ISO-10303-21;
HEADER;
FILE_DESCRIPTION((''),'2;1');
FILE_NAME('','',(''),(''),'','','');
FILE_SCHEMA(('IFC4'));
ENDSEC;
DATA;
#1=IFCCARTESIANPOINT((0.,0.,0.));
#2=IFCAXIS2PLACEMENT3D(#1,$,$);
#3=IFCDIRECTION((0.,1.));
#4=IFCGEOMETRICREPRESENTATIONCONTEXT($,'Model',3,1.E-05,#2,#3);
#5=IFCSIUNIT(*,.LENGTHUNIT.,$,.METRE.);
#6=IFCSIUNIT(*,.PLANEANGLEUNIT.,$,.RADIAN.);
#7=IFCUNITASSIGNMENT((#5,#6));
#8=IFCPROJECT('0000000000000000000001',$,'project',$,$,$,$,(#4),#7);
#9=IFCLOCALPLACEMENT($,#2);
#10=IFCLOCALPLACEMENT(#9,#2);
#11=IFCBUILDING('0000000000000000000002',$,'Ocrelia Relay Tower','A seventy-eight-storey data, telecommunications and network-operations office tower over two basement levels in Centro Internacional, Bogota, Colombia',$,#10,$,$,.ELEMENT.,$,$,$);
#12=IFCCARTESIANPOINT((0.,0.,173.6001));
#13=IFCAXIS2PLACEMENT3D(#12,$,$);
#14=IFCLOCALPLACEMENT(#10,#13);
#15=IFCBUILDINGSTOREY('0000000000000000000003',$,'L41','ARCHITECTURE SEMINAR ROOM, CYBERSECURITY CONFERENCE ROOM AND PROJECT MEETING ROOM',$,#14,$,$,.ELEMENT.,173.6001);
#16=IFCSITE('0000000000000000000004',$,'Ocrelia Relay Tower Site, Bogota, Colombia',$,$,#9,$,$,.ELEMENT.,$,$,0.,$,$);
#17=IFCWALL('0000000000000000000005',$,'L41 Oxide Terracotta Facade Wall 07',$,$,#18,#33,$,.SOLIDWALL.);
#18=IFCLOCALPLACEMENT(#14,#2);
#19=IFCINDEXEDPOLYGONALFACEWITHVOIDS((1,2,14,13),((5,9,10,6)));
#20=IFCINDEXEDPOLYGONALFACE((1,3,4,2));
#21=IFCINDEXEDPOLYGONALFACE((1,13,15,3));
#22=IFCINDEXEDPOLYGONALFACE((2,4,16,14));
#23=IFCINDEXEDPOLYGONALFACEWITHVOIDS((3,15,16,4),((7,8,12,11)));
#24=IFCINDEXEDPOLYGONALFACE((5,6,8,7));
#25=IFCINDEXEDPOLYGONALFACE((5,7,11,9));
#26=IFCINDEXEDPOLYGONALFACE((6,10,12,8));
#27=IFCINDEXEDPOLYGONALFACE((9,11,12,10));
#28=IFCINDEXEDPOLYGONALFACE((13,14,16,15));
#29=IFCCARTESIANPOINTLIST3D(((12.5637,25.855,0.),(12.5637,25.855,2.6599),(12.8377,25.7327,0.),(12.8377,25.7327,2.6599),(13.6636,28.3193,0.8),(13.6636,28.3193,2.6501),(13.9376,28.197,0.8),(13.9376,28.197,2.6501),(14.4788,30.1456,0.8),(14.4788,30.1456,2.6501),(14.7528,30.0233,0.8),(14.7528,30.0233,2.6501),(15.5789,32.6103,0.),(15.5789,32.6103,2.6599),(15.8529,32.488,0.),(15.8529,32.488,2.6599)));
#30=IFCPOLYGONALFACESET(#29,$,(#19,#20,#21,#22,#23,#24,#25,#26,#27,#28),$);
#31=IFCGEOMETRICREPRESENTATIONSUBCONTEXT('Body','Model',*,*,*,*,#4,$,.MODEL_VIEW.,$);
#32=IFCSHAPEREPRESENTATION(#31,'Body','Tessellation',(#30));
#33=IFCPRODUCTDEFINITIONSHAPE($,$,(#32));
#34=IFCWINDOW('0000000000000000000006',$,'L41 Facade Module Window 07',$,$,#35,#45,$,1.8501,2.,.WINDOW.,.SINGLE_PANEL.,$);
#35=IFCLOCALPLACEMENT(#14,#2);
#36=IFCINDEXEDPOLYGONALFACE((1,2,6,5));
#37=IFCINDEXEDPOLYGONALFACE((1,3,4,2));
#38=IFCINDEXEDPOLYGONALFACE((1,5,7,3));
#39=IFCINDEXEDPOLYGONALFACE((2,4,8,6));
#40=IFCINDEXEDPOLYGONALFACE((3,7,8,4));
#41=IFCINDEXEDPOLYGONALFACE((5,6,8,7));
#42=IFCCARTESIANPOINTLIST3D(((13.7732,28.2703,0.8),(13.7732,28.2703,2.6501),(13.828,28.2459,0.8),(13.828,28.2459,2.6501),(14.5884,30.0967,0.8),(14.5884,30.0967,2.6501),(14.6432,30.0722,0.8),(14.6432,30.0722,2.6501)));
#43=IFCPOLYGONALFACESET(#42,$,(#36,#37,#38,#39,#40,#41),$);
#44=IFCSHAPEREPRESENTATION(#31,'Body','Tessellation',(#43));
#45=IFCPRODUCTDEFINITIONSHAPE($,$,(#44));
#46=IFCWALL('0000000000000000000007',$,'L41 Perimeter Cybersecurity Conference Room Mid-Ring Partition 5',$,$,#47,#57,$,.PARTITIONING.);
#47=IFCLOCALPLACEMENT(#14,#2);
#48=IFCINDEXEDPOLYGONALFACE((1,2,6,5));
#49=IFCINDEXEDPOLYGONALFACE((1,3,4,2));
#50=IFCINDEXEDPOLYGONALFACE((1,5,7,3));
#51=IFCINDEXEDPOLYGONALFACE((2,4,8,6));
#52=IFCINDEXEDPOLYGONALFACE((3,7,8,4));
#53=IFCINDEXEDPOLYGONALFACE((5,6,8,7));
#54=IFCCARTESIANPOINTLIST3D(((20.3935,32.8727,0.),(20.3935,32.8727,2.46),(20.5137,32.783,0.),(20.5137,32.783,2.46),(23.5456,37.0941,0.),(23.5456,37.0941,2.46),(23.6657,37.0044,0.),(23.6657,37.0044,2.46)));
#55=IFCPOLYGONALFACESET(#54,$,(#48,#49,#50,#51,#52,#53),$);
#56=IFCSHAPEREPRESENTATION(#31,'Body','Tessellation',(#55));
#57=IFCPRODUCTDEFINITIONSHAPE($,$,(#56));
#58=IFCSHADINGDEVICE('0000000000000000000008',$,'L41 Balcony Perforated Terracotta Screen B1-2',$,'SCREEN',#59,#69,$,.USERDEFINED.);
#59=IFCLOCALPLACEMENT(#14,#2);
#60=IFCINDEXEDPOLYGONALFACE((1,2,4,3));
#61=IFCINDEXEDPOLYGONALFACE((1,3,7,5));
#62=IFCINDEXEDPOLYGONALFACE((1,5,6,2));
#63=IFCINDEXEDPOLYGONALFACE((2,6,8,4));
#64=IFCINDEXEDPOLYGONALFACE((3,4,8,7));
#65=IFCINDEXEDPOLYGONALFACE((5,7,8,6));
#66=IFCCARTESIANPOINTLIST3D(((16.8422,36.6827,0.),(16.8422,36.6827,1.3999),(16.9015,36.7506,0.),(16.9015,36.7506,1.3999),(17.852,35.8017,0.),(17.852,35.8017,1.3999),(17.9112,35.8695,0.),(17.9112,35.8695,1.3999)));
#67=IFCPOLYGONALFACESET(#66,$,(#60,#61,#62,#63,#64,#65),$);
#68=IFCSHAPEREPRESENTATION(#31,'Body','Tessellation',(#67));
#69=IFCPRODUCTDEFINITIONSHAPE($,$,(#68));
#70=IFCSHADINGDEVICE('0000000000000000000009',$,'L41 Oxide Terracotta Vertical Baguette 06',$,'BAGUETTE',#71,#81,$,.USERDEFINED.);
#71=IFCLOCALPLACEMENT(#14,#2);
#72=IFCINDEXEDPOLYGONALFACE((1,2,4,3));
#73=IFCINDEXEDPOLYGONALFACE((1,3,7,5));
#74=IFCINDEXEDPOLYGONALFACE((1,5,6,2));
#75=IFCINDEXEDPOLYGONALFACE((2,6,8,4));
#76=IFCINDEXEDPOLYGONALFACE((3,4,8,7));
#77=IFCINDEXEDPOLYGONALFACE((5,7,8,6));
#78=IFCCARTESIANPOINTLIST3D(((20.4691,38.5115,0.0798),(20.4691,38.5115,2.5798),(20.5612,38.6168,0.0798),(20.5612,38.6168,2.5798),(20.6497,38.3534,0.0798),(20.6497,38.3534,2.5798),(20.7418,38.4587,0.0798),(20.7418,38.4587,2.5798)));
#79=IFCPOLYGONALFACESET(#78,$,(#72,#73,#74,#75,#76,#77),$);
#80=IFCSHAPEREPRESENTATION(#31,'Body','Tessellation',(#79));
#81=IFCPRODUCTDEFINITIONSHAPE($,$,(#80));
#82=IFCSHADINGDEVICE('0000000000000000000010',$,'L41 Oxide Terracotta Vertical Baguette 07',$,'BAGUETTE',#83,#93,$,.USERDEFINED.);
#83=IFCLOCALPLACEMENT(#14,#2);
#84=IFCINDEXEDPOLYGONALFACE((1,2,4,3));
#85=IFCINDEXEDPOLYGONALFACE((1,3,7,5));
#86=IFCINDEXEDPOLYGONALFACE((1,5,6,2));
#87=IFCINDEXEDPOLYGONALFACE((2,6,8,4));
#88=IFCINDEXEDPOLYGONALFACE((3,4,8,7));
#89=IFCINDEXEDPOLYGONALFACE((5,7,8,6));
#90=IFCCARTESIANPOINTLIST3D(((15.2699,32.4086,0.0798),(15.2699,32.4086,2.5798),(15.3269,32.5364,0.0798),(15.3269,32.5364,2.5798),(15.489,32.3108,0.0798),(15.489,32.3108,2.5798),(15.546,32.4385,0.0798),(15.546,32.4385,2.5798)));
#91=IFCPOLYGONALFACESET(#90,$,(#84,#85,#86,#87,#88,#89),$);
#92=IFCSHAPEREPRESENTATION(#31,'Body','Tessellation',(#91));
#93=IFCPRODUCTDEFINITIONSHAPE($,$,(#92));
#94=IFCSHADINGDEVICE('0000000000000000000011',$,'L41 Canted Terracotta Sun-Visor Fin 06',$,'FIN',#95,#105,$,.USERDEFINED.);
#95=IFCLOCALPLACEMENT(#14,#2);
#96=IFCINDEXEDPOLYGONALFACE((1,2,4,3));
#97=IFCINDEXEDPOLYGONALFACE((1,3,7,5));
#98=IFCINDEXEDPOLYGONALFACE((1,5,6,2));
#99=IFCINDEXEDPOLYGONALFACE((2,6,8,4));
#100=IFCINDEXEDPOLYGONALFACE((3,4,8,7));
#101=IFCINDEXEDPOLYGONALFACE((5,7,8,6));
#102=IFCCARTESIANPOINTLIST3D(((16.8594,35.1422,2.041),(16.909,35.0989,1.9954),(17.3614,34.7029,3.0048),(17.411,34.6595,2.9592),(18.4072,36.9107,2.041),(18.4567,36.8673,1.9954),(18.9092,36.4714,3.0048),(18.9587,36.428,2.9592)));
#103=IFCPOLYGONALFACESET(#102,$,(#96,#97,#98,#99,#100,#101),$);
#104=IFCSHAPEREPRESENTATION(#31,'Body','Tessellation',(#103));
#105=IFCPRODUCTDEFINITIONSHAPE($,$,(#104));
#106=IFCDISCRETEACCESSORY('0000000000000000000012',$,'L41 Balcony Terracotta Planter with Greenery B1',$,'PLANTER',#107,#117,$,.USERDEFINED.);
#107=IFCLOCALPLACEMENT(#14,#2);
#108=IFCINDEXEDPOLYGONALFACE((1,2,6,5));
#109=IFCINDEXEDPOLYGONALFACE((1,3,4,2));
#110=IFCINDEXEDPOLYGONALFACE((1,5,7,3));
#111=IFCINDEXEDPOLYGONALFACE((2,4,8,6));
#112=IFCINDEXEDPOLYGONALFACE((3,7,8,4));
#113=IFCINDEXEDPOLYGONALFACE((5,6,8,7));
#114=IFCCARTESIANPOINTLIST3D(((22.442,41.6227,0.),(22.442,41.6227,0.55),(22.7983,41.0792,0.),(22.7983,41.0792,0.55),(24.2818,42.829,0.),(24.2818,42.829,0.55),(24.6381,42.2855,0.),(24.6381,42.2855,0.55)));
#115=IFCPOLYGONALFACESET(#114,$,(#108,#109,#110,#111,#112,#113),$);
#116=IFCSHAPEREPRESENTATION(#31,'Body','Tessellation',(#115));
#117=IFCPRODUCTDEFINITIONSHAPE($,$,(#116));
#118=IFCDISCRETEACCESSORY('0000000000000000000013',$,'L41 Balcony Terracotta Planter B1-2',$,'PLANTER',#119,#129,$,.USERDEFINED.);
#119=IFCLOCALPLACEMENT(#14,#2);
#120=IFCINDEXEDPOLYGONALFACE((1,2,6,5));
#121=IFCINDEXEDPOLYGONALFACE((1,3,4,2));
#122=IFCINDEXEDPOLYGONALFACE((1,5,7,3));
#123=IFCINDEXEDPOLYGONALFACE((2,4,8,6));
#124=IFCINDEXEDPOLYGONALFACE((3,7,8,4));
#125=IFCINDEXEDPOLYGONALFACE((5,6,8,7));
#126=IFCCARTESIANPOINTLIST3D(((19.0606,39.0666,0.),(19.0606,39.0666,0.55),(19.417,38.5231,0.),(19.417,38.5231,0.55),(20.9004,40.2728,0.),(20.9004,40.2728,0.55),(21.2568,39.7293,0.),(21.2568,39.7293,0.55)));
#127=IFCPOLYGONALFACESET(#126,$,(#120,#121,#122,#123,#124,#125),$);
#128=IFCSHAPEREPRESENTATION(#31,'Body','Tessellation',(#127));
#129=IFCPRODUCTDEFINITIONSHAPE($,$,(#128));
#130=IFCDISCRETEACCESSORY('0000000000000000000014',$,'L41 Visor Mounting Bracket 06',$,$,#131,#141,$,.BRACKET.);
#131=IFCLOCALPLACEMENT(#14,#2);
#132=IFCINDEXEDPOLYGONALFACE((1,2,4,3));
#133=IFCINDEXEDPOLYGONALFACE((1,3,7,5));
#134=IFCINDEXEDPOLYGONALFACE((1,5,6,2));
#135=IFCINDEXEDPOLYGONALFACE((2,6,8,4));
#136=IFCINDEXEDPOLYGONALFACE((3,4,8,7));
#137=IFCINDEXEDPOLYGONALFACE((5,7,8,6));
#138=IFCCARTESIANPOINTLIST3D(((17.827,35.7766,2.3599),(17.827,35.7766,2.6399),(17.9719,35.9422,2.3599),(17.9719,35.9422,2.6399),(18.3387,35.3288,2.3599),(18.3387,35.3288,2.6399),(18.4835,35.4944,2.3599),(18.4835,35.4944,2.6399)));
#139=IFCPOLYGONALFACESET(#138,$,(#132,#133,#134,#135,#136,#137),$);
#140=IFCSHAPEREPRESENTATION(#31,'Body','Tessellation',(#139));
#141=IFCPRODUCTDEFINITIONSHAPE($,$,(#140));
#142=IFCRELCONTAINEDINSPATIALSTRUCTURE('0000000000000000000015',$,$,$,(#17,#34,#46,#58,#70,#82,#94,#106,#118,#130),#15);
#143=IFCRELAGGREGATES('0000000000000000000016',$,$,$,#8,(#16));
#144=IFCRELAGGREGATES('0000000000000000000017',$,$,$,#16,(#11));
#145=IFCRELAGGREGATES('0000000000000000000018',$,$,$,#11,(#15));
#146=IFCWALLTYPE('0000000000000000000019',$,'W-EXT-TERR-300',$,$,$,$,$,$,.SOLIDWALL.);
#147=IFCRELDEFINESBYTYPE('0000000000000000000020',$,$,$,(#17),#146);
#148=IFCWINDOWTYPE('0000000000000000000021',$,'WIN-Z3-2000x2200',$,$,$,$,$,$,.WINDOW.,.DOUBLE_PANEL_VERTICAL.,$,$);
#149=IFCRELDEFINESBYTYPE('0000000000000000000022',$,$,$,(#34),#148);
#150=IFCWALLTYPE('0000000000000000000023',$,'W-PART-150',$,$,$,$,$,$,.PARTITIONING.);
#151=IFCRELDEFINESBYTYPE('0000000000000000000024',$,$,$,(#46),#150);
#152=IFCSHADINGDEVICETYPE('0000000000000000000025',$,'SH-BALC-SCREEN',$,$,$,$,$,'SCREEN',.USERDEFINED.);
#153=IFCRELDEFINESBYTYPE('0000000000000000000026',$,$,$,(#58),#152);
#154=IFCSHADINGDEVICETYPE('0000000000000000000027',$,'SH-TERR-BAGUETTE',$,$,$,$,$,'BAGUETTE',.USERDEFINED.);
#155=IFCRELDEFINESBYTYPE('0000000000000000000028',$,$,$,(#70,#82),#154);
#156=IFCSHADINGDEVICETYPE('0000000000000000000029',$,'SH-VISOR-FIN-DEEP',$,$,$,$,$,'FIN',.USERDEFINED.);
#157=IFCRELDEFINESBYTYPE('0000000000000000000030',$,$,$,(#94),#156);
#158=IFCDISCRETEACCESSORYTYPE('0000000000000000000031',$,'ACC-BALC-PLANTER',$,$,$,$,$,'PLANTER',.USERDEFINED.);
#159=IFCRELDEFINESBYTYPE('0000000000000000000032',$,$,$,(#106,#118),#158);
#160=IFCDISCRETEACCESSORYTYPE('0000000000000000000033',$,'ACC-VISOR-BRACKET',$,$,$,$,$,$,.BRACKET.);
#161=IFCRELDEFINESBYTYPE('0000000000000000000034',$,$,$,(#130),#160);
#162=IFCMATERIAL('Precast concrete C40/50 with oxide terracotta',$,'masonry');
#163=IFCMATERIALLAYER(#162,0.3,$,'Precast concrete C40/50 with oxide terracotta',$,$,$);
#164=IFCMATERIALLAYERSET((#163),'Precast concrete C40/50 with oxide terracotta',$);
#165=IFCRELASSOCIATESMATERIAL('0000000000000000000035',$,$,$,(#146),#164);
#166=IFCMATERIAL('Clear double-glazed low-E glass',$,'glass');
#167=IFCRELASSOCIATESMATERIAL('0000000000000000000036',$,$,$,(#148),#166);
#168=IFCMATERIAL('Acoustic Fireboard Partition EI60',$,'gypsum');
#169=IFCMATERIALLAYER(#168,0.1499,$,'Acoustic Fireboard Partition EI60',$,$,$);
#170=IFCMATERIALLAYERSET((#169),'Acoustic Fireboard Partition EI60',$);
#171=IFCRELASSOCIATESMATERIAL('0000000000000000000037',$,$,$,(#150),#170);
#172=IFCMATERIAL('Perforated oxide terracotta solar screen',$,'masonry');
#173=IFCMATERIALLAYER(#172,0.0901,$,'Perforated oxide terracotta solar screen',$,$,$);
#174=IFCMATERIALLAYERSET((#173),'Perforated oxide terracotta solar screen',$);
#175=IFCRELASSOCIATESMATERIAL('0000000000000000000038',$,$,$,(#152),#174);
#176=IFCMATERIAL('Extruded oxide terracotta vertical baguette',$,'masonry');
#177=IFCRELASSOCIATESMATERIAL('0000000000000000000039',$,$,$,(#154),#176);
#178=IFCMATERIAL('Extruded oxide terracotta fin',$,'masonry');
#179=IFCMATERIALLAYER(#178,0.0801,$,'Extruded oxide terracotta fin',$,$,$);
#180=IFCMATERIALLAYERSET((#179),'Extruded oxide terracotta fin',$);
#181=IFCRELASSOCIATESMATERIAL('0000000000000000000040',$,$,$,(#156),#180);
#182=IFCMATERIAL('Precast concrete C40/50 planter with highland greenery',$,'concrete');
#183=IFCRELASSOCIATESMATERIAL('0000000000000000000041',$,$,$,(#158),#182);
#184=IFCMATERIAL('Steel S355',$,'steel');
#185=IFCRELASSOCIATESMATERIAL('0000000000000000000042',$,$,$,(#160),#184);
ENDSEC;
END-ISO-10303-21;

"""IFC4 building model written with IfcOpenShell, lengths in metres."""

from ifc_helpers import new_model, si_unit, direction, frame, frame_2d, origin, origin_2d, place, context, subcontext, project, spatial, rectangle, extrude, material, layer, layer_set, type_object, element, fill, save


model = new_model("IFC4")

# Units and contexts
model_context = context("Model", 3, precision=1e-05, world=origin(), true_north=direction((0.0, 1.0)))
body_context = subcontext(model_context, "Body", "Model", "MODEL_VIEW")
ifc_project = project(units=[si_unit("LENGTHUNIT", "METRE"), si_unit("PLANEANGLEUNIT", "RADIAN")], contexts=[model_context])

# Site, building, storey
site_placement = place(None, origin())
site = spatial("IfcSite", under=ifc_project, at=site_placement, Name="Ocrelia Relay Tower Site, Bogota, Colombia", CompositionType="ELEMENT", RefElevation=0.0)
building_placement = place(site_placement, origin())
building = spatial("IfcBuilding", under=site, at=building_placement, Name="Ocrelia Relay Tower", Description="A seventy-eight-storey data, telecommunications and network-operations office tower over two basement levels in Centro Internacional, Bogota, Colombia", CompositionType="ELEMENT")
storey_placement = place(building_placement, frame((0.0, 0.0, 173.6001)))
storey = spatial("IfcBuildingStorey", under=building, at=storey_placement, Name="L41", Description="ARCHITECTURE SEMINAR ROOM, CYBERSECURITY CONFERENCE ROOM AND PROJECT MEETING ROOM", CompositionType="ELEMENT", Elevation=173.6001)

# Shared definitions
ifc_material_1 = material(Name="Steel S355", Category="steel")

# Wall, opening, window
ifc_material_2 = material(Name="Precast concrete C40/50 with oxide terracotta", Category="masonry")
ifc_layer_1 = layer(ifc_material_2, 0.3, Name="Precast concrete C40/50 with oxide terracotta")
ifc_layer_set_1 = layer_set([ifc_layer_1], Name="Precast concrete C40/50 with oxide terracotta")
wall_type_1 = type_object("IfcWallType", Name="W-EXT-TERR-300", PredefinedType="SOLIDWALL", material=ifc_layer_set_1)
ifc_material_3 = material(Name="Clear double-glazed low-E glass", Category="glass")
window_type = type_object("IfcWindowType", Name="WIN-Z3-2000x2200", PartitioningType="DOUBLE_PANEL_VERTICAL", PredefinedType="WINDOW", material=ifc_material_3)
wall_1_placement = place(storey_placement, frame((15.7158, 32.5491, 0.0), z_axis=(0.0, 0.0, 1.0), x_axis=(-0.407577, -0.913171, 0.0)))
wall_1 = element("IfcWall", 1, at=wall_1_placement, inside=storey, type_object=wall_type_1, Name="L41 Oxide Terracotta Facade Wall 07", PredefinedType="SOLIDWALL", context=body_context, shape_type="SweptSolid", body=[
    extrude(rectangle(XDim=7.3977, YDim=0.3, at=frame_2d((3.6987, 0.0))), origin(), (0.0, 0.0, 1.0), 2.6599),
])
opening_1_placement = place(wall_1_placement, frame((2.699, 0.0, 0.8)))
opening_1 = element("IfcOpeningElement", 2, at=opening_1_placement, cuts=wall_1, PredefinedType="OPENING", context=body_context, shape_type="SweptSolid", body=[
    extrude(rectangle(XDim=2.0, YDim=1.8501, at=frame_2d((1.0, 0.925))), frame((0.0, 0.1602, 0.0), z_axis=(0.0, -1.0, 0.0), x_axis=(1.0, 0.0, 0.0)), (0.0, 0.0, 1.0), 0.3201),
])
window_1_placement = place(opening_1_placement, origin())
window_1 = element("IfcWindow", 3, at=window_1_placement, inside=storey, type_object=window_type, Name="L41 Facade Module Window 07", OverallHeight=1.8501, OverallWidth=2.0, PartitioningType="SINGLE_PANEL", PredefinedType="WINDOW", context=body_context, shape_type="SweptSolid", body=[
    extrude(rectangle(XDim=2.0, YDim=1.8501, at=frame_2d((1.0, 0.925))), frame((0.0, 0.03, 0.0), z_axis=(0.0, -1.0, 0.0), x_axis=(1.0, 0.0, 0.0)), (0.0, 0.0, 1.0), 0.0601),
])
fill(opening_1, window_1)

# Wall
ifc_material_4 = material(Name="Acoustic Fireboard Partition EI60", Category="gypsum")
ifc_layer_2 = layer(ifc_material_4, 0.1499, Name="Acoustic Fireboard Partition EI60")
ifc_layer_set_2 = layer_set([ifc_layer_2], Name="Acoustic Fireboard Partition EI60")
wall_type_2 = type_object("IfcWallType", Name="W-PART-150", PredefinedType="PARTITIONING", material=ifc_layer_set_2)
wall_2_placement = place(storey_placement, frame((23.6057, 37.0493, 0.0), z_axis=(0.0, 0.0, 1.0), x_axis=(-0.598301, -0.801272, 0.0)))
element("IfcWall", 4, at=wall_2_placement, inside=storey, type_object=wall_type_2, Name="L41 Perimeter Cybersecurity Conference Room Mid-Ring Partition 5", PredefinedType="PARTITIONING", context=body_context, shape_type="SweptSolid", body=[
    extrude(rectangle(XDim=5.2683, YDim=0.1499, at=frame_2d((2.6343, 0.0))), origin(), (0.0, 0.0, 1.0), 2.46),
])

# Shading devices
ifc_material_5 = material(Name="Perforated oxide terracotta solar screen", Category="masonry")
ifc_layer_3 = layer(ifc_material_5, 0.0901, Name="Perforated oxide terracotta solar screen")
ifc_layer_set_3 = layer_set([ifc_layer_3], Name="Perforated oxide terracotta solar screen")
shading_device_type_1 = type_object("IfcShadingDeviceType", Name="SH-BALC-SCREEN", ElementType="SCREEN", PredefinedType="USERDEFINED", material=ifc_layer_set_3)
shading_device_1_placement = place(storey_placement, frame((17.3767, 36.2761, 0.0), z_axis=(0.0, 0.0, 1.0), x_axis=(-0.753487, 0.657462, 0.0)))
element("IfcShadingDevice", 5, at=shading_device_1_placement, inside=storey, type_object=shading_device_type_1, Name="L41 Balcony Perforated Terracotta Screen B1-2", ObjectType="SCREEN", PredefinedType="USERDEFINED", context=body_context, shape_type="SweptSolid", body=[
    extrude(rectangle(XDim=1.3401, YDim=0.0901, at=origin_2d()), origin(), (0.0, 0.0, 1.0), 1.3999),
])
ifc_material_6 = material(Name="Extruded oxide terracotta vertical baguette", Category="masonry")
shading_device_type_2 = type_object("IfcShadingDeviceType", Name="SH-TERR-BAGUETTE", ElementType="BAGUETTE", PredefinedType="USERDEFINED", material=ifc_material_6)
for number, where, z_axis, x_axis, name in (
    (6, (20.6055, 38.4851, 0.0798), (0.0, 0.0, 1.0), (-0.65858, -0.752511, 0.0), "L41 Oxide Terracotta Vertical Baguette 06"),
    (7, (15.408, 32.4236, 0.0798), (0.0, 0.0, 1.0), (-0.407604, -0.913159, 0.0), "L41 Oxide Terracotta Vertical Baguette 07"),
):
    element("IfcShadingDevice", number, at=place(storey_placement, frame(where, z_axis=z_axis, x_axis=x_axis)), inside=storey, type_object=shading_device_type_2, Name=name, ObjectType="BAGUETTE", PredefinedType="USERDEFINED", context=body_context, shape_type="SweptSolid", body=[
        extrude(rectangle(XDim=0.1399, YDim=0.24, at=origin_2d()), origin(), (0.0, 0.0, 1.0), 2.5),
    ])
ifc_material_7 = material(Name="Extruded oxide terracotta fin", Category="masonry")
ifc_layer_4 = layer(ifc_material_7, 0.0801, Name="Extruded oxide terracotta fin")
ifc_layer_set_4 = layer_set([ifc_layer_4], Name="Extruded oxide terracotta fin")
shading_device_type_3 = type_object("IfcShadingDeviceType", Name="SH-VISOR-FIN-DEEP", ElementType="FIN", PredefinedType="USERDEFINED", material=ifc_layer_set_4)
shading_device_2_placement = place(storey_placement, frame((17.9338, 35.7634, 2.4773), z_axis=(-0.618747, 0.541513, 0.569136), x_axis=(-0.65858, -0.752511, 0.0)))
element("IfcShadingDevice", 8, at=shading_device_2_placement, inside=storey, type_object=shading_device_type_3, Name="L41 Canted Terracotta Sun-Visor Fin 06", ObjectType="FIN", PredefinedType="USERDEFINED", context=body_context, shape_type="SweptSolid", body=[
    extrude(rectangle(XDim=2.3501, YDim=1.1721, at=origin_2d()), origin(), (0.0, 0.0, 1.0), 0.0801),
])

# Discrete accessories
ifc_material_8 = material(Name="Precast concrete C40/50 planter with highland greenery", Category="concrete")
discrete_accessory_type_1 = type_object("IfcDiscreteAccessoryType", Name="ACC-BALC-PLANTER", ElementType="PLANTER", PredefinedType="USERDEFINED", material=ifc_material_8)
for number, where, z_axis, x_axis, name in (
    (9, (23.54, 41.9541, 0.0), (0.0, 0.0, 1.0), (0.836285, 0.548295, 0.0), "L41 Balcony Terracotta Planter with Greenery B1"),
    (10, (20.1587, 39.3979, 0.0), (0.0, 0.0, 1.0), (0.836285, 0.548295, 0.0), "L41 Balcony Terracotta Planter B1-2"),
):
    element("IfcDiscreteAccessory", number, at=place(storey_placement, frame(where, z_axis=z_axis, x_axis=x_axis)), inside=storey, type_object=discrete_accessory_type_1, Name=name, ObjectType="PLANTER", PredefinedType="USERDEFINED", context=body_context, shape_type="SweptSolid", body=[
        extrude(rectangle(XDim=2.2, YDim=0.6499, at=origin_2d()), origin(), (0.0, 0.0, 1.0), 0.55),
    ])
discrete_accessory_type_2 = type_object("IfcDiscreteAccessoryType", Name="ACC-VISOR-BRACKET", PredefinedType="BRACKET", material=ifc_material_1)
discrete_accessory_placement = place(storey_placement, frame((18.1553, 35.6355, 2.3599), z_axis=(0.0, 0.0, 1.0), x_axis=(-0.65858, -0.752511, 0.0)))
element("IfcDiscreteAccessory", 11, at=discrete_accessory_placement, inside=storey, type_object=discrete_accessory_type_2, Name="L41 Visor Mounting Bracket 06", PredefinedType="BRACKET", context=body_context, shape_type="SweptSolid", body=[
    extrude(rectangle(XDim=0.22, YDim=0.6799, at=origin_2d()), origin(), (0.0, 0.0, 1.0), 0.28),
])

save(model, "model.ifc")
